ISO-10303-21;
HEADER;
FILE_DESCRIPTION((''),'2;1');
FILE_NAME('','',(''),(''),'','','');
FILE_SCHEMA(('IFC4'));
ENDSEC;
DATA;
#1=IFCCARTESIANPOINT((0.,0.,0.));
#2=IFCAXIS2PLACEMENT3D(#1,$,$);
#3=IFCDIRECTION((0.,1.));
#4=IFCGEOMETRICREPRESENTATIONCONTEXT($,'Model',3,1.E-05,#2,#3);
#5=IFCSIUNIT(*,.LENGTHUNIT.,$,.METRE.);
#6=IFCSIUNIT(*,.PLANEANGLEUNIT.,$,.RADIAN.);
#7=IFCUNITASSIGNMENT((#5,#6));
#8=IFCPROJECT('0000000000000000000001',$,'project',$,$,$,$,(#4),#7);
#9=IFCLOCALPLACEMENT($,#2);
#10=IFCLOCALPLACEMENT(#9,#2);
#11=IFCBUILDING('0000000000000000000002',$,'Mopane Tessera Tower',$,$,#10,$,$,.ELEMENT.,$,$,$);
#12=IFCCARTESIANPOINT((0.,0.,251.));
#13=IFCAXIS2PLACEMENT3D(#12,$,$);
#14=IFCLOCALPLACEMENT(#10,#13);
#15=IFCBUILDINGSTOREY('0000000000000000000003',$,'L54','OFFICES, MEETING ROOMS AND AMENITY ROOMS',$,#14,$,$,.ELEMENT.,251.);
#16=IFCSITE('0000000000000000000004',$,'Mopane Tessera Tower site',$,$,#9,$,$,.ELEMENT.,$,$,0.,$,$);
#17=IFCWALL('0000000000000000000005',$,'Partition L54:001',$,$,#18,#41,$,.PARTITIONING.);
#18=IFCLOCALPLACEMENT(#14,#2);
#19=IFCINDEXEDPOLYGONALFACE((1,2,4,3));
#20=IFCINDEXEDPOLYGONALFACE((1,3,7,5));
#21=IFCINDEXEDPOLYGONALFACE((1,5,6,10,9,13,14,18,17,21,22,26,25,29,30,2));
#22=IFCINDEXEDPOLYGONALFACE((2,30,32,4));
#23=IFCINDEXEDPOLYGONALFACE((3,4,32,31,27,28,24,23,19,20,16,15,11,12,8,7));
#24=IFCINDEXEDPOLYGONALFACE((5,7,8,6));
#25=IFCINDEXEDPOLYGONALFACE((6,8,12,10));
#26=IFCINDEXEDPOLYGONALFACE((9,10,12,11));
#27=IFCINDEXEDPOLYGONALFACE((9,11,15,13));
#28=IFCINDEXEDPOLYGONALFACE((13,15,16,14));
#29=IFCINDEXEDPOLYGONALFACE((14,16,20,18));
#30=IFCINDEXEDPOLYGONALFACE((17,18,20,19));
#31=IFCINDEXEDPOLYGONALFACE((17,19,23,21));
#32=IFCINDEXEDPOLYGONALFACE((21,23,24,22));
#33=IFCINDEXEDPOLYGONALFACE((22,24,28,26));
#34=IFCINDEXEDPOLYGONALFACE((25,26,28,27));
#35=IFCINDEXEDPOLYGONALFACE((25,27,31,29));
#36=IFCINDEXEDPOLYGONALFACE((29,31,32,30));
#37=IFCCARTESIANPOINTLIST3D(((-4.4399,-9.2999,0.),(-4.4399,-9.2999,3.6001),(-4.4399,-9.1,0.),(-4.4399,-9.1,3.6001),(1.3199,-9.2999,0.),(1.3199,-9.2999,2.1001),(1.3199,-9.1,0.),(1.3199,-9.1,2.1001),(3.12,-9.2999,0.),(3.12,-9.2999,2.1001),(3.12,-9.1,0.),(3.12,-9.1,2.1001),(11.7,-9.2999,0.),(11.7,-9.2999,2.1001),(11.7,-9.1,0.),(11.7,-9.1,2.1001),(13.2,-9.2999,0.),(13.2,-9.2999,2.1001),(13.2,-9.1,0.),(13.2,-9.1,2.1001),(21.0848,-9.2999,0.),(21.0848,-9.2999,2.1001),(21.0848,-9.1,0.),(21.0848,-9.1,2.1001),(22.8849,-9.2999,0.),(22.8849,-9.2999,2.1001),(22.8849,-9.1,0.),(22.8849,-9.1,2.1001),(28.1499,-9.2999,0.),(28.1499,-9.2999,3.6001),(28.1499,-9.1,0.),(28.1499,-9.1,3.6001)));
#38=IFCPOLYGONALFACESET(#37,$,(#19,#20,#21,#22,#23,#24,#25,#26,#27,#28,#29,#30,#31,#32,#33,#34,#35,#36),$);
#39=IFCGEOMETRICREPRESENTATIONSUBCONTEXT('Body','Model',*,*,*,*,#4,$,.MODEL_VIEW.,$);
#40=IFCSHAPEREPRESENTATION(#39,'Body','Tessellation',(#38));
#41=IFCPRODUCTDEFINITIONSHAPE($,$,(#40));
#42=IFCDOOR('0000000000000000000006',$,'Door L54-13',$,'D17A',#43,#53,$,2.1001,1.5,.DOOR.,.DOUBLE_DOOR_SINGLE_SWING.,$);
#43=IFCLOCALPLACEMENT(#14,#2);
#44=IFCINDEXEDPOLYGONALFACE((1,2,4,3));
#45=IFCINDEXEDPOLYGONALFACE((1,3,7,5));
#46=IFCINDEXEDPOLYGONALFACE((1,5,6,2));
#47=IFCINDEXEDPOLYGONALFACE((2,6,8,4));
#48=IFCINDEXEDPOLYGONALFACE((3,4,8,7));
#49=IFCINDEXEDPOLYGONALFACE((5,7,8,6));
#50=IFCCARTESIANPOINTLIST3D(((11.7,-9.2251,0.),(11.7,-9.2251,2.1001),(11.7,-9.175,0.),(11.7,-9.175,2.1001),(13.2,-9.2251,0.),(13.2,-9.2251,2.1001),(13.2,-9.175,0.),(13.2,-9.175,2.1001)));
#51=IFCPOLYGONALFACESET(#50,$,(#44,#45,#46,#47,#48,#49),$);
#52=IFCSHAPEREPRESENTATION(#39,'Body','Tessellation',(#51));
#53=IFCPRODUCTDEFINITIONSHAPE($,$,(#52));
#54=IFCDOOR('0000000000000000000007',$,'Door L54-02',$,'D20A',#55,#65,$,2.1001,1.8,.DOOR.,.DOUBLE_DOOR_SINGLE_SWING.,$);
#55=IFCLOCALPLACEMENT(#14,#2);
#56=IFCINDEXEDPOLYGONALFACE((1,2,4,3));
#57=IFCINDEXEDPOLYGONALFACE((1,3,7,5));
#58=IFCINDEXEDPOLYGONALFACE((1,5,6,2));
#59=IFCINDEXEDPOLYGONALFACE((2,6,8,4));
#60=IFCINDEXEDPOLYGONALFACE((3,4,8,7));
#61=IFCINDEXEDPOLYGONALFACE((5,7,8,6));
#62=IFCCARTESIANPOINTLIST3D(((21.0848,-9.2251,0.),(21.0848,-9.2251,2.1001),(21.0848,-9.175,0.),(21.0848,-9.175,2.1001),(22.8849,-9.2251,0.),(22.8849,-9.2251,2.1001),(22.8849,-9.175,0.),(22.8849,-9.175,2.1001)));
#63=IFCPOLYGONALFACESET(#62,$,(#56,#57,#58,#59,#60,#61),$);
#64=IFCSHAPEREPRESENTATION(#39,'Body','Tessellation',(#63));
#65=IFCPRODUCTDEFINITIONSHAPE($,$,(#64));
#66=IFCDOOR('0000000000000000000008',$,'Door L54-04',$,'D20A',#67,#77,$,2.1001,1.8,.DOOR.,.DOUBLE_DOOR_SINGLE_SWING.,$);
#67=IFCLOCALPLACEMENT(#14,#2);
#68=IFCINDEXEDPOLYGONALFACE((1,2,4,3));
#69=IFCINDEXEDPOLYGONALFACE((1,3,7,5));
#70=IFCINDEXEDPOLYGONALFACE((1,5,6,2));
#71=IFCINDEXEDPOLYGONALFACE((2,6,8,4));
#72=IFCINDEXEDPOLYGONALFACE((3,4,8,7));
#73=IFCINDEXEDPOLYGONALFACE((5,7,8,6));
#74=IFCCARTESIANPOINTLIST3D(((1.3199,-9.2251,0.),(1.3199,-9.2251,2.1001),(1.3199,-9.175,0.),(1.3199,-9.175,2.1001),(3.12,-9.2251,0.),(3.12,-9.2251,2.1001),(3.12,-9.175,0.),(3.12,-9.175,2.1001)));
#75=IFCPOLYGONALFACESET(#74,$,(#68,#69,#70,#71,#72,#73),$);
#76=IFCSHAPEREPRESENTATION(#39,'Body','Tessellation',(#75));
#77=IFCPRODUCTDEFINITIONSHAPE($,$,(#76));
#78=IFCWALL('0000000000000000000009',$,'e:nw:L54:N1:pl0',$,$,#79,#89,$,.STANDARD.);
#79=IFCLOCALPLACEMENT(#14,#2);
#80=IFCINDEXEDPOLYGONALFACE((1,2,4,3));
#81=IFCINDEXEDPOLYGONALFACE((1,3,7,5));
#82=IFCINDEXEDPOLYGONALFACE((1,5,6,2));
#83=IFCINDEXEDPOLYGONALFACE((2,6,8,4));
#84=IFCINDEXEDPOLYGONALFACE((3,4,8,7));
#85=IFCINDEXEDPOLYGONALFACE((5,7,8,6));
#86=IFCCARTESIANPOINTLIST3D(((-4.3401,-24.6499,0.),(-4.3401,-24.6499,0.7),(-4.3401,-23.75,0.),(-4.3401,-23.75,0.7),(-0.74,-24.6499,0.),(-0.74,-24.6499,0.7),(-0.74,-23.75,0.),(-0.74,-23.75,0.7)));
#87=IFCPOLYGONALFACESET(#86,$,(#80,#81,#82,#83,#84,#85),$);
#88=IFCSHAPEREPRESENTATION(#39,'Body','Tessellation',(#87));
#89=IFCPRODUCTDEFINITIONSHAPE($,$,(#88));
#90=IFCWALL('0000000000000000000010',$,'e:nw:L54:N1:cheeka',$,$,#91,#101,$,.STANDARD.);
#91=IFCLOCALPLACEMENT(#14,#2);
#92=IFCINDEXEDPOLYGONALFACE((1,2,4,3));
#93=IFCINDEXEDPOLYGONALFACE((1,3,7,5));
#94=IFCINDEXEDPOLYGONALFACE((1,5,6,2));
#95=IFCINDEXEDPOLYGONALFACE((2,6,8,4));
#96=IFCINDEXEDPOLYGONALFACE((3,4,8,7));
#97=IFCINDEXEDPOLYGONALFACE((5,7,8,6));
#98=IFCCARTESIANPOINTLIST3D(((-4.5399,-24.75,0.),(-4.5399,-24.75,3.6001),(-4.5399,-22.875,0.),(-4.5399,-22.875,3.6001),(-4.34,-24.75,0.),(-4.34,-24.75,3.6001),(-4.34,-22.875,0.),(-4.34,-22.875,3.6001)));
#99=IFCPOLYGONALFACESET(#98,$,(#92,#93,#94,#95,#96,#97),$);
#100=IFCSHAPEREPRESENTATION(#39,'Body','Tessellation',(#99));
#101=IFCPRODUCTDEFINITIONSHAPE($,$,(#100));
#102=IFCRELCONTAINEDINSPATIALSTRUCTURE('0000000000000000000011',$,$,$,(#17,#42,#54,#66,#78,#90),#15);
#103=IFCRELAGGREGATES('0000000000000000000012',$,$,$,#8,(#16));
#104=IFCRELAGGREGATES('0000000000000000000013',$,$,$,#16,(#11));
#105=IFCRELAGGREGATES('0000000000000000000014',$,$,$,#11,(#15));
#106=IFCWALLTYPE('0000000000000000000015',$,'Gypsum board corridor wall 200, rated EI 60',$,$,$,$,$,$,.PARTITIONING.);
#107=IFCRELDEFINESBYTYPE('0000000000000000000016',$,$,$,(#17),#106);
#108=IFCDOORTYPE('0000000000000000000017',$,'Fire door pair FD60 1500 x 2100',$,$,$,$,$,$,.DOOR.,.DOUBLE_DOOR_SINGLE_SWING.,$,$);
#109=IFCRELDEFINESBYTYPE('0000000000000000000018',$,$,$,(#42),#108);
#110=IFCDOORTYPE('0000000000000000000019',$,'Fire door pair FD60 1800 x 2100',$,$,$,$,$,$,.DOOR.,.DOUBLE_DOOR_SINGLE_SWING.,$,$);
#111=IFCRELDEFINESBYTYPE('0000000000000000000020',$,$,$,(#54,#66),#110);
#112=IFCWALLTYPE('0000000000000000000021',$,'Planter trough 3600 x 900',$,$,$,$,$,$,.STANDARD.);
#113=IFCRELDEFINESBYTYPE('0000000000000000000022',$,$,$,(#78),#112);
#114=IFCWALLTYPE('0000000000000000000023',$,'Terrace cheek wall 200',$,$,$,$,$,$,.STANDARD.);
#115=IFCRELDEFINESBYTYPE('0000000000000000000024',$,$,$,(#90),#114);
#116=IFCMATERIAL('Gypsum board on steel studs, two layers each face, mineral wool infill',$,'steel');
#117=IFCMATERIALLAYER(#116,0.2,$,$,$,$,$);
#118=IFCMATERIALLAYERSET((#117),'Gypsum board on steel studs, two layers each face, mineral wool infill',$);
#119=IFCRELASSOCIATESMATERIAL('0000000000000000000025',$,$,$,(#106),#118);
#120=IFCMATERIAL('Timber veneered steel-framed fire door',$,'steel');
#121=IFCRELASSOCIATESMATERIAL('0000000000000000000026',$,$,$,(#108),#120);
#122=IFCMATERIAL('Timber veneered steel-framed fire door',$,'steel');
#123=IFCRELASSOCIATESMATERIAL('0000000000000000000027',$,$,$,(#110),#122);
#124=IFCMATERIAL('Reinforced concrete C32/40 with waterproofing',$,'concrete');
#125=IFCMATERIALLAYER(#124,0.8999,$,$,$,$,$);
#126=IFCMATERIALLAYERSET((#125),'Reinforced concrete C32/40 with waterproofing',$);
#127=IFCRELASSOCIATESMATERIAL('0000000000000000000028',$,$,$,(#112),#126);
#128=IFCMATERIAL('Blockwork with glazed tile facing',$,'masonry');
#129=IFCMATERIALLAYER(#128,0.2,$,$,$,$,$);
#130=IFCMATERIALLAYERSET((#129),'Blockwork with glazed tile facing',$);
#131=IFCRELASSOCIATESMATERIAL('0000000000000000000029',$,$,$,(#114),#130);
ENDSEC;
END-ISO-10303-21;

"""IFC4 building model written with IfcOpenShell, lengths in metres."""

from ifc_helpers import new_model, si_unit, direction, frame, frame_2d, origin, place, context, subcontext, project, spatial, rectangle, extrude, material, layer, layer_set, type_object, element, fill, save


model = new_model("IFC4")

# Units and contexts
model_context = context("Model", 3, precision=1e-05, world=origin(), true_north=direction((0.0, 1.0)))
body_context = subcontext(model_context, "Body", "Model", "MODEL_VIEW")
ifc_project = project(units=[si_unit("LENGTHUNIT", "METRE"), si_unit("PLANEANGLEUNIT", "RADIAN")], contexts=[model_context])

# Site, building, storey
site_placement = place(None, origin())
site = spatial("IfcSite", under=ifc_project, at=site_placement, Name="Mopane Tessera Tower site", CompositionType="ELEMENT", RefElevation=0.0)
building_placement = place(site_placement, origin())
building = spatial("IfcBuilding", under=site, at=building_placement, Name="Mopane Tessera Tower", CompositionType="ELEMENT")
storey_placement = place(building_placement, frame((0.0, 0.0, 251.0)))
storey = spatial("IfcBuildingStorey", under=building, at=storey_placement, Name="L54", Description="OFFICES, MEETING ROOMS AND AMENITY ROOMS", CompositionType="ELEMENT", Elevation=251.0)

# Wall, openings, doors
ifc_material_1 = material(Name="Gypsum board on steel studs, two layers each face, mineral wool infill", Category="steel")
ifc_layer_1 = layer(ifc_material_1, 0.2)
ifc_layer_set_1 = layer_set([ifc_layer_1], Name="Gypsum board on steel studs, two layers each face, mineral wool infill")
wall_type_1 = type_object("IfcWallType", Name="Gypsum board corridor wall 200, rated EI 60", PredefinedType="PARTITIONING", material=ifc_layer_set_1)
wall_1_placement = place(storey_placement, frame((-4.4399, -9.2, 0.0), z_axis=(0.0, 0.0, 1.0), x_axis=(1.0, 0.0, 0.0)))
wall_1 = element("IfcWall", 1, at=wall_1_placement, inside=storey, type_object=wall_type_1, Name="Partition L54:001", PredefinedType="PARTITIONING", context=body_context, shape_type="SweptSolid", body=[
    extrude(rectangle(XDim=32.5898, YDim=0.2, at=frame_2d((16.2949, 0.0))), origin(), (0.0, 0.0, 1.0), 3.6001),
])
opening_1_placement = place(wall_1_placement, frame((25.5249, 0.0, 0.0)))
opening_1 = element("IfcOpeningElement", 2, at=opening_1_placement, cuts=wall_1, PredefinedType="OPENING", context=body_context, shape_type="SweptSolid", body=[
    extrude(rectangle(XDim=1.8, YDim=2.1001, at=frame_2d((0.8999, 1.05))), frame((0.0, 0.1121, 0.0), z_axis=(0.0, -1.0, 0.0), x_axis=(1.0, 0.0, 0.0)), (0.0, 0.0, 1.0), 0.2239),
])
opening_2_placement = place(wall_1_placement, frame((5.76, 0.0, 0.0)))
opening_2 = element("IfcOpeningElement", 3, at=opening_2_placement, cuts=wall_1, PredefinedType="OPENING", context=body_context, shape_type="SweptSolid", body=[
    extrude(rectangle(XDim=1.8, YDim=2.1001, at=frame_2d((0.8999, 1.05))), frame((0.0, 0.1121, 0.0), z_axis=(0.0, -1.0, 0.0), x_axis=(1.0, 0.0, 0.0)), (0.0, 0.0, 1.0), 0.2239),
])
opening_3_placement = place(wall_1_placement, frame((16.1399, 0.0, 0.0)))
opening_3 = element("IfcOpeningElement", 4, at=opening_3_placement, cuts=wall_1, PredefinedType="OPENING", context=body_context, shape_type="SweptSolid", body=[
    extrude(rectangle(XDim=1.5, YDim=2.1001, at=frame_2d((0.75, 1.05))), frame((0.0, 0.1121, 0.0), z_axis=(0.0, -1.0, 0.0), x_axis=(1.0, 0.0, 0.0)), (0.0, 0.0, 1.0), 0.2239),
])
ifc_material_2 = material(Name="Timber veneered steel-framed fire door", Category="steel")
door_type_1 = type_object("IfcDoorType", Name="Fire door pair FD60 1500 x 2100", OperationType="DOUBLE_DOOR_SINGLE_SWING", PredefinedType="DOOR", material=ifc_material_2)
door_1_placement = place(opening_3_placement, origin())
door_1 = element("IfcDoor", 5, at=door_1_placement, inside=storey, type_object=door_type_1, Name="Door L54-13", ObjectType="D17A", OperationType="DOUBLE_DOOR_SINGLE_SWING", OverallHeight=2.1001, OverallWidth=1.5, PredefinedType="DOOR", context=body_context, shape_type="SweptSolid", body=[
    extrude(rectangle(XDim=1.5, YDim=2.1001, at=frame_2d((0.75, 1.05))), frame((0.0, 0.0249, 0.0), z_axis=(0.0, -1.0, 0.0), x_axis=(1.0, 0.0, 0.0)), (0.0, 0.0, 1.0), 0.05),
])
fill(opening_3, door_1)
ifc_material_3 = material(Name="Timber veneered steel-framed fire door", Category="steel")
door_type_2 = type_object("IfcDoorType", Name="Fire door pair FD60 1800 x 2100", OperationType="DOUBLE_DOOR_SINGLE_SWING", PredefinedType="DOOR", material=ifc_material_3)
door_2_placement = place(opening_1_placement, origin())
door_2 = element("IfcDoor", 6, at=door_2_placement, inside=storey, type_object=door_type_2, Name="Door L54-02", ObjectType="D20A", OperationType="DOUBLE_DOOR_SINGLE_SWING", OverallHeight=2.1001, OverallWidth=1.8, PredefinedType="DOOR", context=body_context, shape_type="SweptSolid", body=[
    extrude(rectangle(XDim=1.8, YDim=2.1001, at=frame_2d((0.8999, 1.05))), frame((0.0, 0.0249, 0.0), z_axis=(0.0, -1.0, 0.0), x_axis=(1.0, 0.0, 0.0)), (0.0, 0.0, 1.0), 0.05),
])
fill(opening_1, door_2)
door_3_placement = place(opening_2_placement, origin())
door_3 = element("IfcDoor", 7, at=door_3_placement, inside=storey, type_object=door_type_2, Name="Door L54-04", ObjectType="D20A", OperationType="DOUBLE_DOOR_SINGLE_SWING", OverallHeight=2.1001, OverallWidth=1.8, PredefinedType="DOOR", context=body_context, shape_type="SweptSolid", body=[
    extrude(rectangle(XDim=1.8, YDim=2.1001, at=frame_2d((0.8999, 1.05))), frame((0.0, 0.0249, 0.0), z_axis=(0.0, -1.0, 0.0), x_axis=(1.0, 0.0, 0.0)), (0.0, 0.0, 1.0), 0.05),
])
fill(opening_2, door_3)

# Walls
ifc_material_4 = material(Name="Reinforced concrete C32/40 with waterproofing", Category="concrete")
ifc_layer_2 = layer(ifc_material_4, 0.8999)
ifc_layer_set_2 = layer_set([ifc_layer_2], Name="Reinforced concrete C32/40 with waterproofing")
wall_type_2 = type_object("IfcWallType", Name="Planter trough 3600 x 900", PredefinedType="STANDARD", material=ifc_layer_set_2)
wall_2_placement = place(storey_placement, frame((-4.3401, -24.2, 0.0), z_axis=(0.0, 0.0, 1.0), x_axis=(1.0, 0.0, 0.0)))
element("IfcWall", 8, at=wall_2_placement, inside=storey, type_object=wall_type_2, Name="e:nw:L54:N1:pl0", PredefinedType="STANDARD", context=body_context, shape_type="SweptSolid", body=[
    extrude(rectangle(XDim=3.6001, YDim=0.8999, at=frame_2d((1.8, 0.0))), origin(), (0.0, 0.0, 1.0), 0.7),
])
ifc_material_5 = material(Name="Blockwork with glazed tile facing", Category="masonry")
ifc_layer_3 = layer(ifc_material_5, 0.2)
ifc_layer_set_3 = layer_set([ifc_layer_3], Name="Blockwork with glazed tile facing")
wall_type_3 = type_object("IfcWallType", Name="Terrace cheek wall 200", PredefinedType="STANDARD", material=ifc_layer_set_3)
wall_3_placement = place(storey_placement, frame((-4.4399, -24.75, 0.0), z_axis=(0.0, 0.0, 1.0), x_axis=(0.0, 1.0, 0.0)))
element("IfcWall", 9, at=wall_3_placement, inside=storey, type_object=wall_type_3, Name="e:nw:L54:N1:cheeka", PredefinedType="STANDARD", context=body_context, shape_type="SweptSolid", body=[
    extrude(rectangle(XDim=1.875, YDim=0.2, at=frame_2d((0.9375, 0.0))), origin(), (0.0, 0.0, 1.0), 3.6001),
])

save(model, "model.ifc")
